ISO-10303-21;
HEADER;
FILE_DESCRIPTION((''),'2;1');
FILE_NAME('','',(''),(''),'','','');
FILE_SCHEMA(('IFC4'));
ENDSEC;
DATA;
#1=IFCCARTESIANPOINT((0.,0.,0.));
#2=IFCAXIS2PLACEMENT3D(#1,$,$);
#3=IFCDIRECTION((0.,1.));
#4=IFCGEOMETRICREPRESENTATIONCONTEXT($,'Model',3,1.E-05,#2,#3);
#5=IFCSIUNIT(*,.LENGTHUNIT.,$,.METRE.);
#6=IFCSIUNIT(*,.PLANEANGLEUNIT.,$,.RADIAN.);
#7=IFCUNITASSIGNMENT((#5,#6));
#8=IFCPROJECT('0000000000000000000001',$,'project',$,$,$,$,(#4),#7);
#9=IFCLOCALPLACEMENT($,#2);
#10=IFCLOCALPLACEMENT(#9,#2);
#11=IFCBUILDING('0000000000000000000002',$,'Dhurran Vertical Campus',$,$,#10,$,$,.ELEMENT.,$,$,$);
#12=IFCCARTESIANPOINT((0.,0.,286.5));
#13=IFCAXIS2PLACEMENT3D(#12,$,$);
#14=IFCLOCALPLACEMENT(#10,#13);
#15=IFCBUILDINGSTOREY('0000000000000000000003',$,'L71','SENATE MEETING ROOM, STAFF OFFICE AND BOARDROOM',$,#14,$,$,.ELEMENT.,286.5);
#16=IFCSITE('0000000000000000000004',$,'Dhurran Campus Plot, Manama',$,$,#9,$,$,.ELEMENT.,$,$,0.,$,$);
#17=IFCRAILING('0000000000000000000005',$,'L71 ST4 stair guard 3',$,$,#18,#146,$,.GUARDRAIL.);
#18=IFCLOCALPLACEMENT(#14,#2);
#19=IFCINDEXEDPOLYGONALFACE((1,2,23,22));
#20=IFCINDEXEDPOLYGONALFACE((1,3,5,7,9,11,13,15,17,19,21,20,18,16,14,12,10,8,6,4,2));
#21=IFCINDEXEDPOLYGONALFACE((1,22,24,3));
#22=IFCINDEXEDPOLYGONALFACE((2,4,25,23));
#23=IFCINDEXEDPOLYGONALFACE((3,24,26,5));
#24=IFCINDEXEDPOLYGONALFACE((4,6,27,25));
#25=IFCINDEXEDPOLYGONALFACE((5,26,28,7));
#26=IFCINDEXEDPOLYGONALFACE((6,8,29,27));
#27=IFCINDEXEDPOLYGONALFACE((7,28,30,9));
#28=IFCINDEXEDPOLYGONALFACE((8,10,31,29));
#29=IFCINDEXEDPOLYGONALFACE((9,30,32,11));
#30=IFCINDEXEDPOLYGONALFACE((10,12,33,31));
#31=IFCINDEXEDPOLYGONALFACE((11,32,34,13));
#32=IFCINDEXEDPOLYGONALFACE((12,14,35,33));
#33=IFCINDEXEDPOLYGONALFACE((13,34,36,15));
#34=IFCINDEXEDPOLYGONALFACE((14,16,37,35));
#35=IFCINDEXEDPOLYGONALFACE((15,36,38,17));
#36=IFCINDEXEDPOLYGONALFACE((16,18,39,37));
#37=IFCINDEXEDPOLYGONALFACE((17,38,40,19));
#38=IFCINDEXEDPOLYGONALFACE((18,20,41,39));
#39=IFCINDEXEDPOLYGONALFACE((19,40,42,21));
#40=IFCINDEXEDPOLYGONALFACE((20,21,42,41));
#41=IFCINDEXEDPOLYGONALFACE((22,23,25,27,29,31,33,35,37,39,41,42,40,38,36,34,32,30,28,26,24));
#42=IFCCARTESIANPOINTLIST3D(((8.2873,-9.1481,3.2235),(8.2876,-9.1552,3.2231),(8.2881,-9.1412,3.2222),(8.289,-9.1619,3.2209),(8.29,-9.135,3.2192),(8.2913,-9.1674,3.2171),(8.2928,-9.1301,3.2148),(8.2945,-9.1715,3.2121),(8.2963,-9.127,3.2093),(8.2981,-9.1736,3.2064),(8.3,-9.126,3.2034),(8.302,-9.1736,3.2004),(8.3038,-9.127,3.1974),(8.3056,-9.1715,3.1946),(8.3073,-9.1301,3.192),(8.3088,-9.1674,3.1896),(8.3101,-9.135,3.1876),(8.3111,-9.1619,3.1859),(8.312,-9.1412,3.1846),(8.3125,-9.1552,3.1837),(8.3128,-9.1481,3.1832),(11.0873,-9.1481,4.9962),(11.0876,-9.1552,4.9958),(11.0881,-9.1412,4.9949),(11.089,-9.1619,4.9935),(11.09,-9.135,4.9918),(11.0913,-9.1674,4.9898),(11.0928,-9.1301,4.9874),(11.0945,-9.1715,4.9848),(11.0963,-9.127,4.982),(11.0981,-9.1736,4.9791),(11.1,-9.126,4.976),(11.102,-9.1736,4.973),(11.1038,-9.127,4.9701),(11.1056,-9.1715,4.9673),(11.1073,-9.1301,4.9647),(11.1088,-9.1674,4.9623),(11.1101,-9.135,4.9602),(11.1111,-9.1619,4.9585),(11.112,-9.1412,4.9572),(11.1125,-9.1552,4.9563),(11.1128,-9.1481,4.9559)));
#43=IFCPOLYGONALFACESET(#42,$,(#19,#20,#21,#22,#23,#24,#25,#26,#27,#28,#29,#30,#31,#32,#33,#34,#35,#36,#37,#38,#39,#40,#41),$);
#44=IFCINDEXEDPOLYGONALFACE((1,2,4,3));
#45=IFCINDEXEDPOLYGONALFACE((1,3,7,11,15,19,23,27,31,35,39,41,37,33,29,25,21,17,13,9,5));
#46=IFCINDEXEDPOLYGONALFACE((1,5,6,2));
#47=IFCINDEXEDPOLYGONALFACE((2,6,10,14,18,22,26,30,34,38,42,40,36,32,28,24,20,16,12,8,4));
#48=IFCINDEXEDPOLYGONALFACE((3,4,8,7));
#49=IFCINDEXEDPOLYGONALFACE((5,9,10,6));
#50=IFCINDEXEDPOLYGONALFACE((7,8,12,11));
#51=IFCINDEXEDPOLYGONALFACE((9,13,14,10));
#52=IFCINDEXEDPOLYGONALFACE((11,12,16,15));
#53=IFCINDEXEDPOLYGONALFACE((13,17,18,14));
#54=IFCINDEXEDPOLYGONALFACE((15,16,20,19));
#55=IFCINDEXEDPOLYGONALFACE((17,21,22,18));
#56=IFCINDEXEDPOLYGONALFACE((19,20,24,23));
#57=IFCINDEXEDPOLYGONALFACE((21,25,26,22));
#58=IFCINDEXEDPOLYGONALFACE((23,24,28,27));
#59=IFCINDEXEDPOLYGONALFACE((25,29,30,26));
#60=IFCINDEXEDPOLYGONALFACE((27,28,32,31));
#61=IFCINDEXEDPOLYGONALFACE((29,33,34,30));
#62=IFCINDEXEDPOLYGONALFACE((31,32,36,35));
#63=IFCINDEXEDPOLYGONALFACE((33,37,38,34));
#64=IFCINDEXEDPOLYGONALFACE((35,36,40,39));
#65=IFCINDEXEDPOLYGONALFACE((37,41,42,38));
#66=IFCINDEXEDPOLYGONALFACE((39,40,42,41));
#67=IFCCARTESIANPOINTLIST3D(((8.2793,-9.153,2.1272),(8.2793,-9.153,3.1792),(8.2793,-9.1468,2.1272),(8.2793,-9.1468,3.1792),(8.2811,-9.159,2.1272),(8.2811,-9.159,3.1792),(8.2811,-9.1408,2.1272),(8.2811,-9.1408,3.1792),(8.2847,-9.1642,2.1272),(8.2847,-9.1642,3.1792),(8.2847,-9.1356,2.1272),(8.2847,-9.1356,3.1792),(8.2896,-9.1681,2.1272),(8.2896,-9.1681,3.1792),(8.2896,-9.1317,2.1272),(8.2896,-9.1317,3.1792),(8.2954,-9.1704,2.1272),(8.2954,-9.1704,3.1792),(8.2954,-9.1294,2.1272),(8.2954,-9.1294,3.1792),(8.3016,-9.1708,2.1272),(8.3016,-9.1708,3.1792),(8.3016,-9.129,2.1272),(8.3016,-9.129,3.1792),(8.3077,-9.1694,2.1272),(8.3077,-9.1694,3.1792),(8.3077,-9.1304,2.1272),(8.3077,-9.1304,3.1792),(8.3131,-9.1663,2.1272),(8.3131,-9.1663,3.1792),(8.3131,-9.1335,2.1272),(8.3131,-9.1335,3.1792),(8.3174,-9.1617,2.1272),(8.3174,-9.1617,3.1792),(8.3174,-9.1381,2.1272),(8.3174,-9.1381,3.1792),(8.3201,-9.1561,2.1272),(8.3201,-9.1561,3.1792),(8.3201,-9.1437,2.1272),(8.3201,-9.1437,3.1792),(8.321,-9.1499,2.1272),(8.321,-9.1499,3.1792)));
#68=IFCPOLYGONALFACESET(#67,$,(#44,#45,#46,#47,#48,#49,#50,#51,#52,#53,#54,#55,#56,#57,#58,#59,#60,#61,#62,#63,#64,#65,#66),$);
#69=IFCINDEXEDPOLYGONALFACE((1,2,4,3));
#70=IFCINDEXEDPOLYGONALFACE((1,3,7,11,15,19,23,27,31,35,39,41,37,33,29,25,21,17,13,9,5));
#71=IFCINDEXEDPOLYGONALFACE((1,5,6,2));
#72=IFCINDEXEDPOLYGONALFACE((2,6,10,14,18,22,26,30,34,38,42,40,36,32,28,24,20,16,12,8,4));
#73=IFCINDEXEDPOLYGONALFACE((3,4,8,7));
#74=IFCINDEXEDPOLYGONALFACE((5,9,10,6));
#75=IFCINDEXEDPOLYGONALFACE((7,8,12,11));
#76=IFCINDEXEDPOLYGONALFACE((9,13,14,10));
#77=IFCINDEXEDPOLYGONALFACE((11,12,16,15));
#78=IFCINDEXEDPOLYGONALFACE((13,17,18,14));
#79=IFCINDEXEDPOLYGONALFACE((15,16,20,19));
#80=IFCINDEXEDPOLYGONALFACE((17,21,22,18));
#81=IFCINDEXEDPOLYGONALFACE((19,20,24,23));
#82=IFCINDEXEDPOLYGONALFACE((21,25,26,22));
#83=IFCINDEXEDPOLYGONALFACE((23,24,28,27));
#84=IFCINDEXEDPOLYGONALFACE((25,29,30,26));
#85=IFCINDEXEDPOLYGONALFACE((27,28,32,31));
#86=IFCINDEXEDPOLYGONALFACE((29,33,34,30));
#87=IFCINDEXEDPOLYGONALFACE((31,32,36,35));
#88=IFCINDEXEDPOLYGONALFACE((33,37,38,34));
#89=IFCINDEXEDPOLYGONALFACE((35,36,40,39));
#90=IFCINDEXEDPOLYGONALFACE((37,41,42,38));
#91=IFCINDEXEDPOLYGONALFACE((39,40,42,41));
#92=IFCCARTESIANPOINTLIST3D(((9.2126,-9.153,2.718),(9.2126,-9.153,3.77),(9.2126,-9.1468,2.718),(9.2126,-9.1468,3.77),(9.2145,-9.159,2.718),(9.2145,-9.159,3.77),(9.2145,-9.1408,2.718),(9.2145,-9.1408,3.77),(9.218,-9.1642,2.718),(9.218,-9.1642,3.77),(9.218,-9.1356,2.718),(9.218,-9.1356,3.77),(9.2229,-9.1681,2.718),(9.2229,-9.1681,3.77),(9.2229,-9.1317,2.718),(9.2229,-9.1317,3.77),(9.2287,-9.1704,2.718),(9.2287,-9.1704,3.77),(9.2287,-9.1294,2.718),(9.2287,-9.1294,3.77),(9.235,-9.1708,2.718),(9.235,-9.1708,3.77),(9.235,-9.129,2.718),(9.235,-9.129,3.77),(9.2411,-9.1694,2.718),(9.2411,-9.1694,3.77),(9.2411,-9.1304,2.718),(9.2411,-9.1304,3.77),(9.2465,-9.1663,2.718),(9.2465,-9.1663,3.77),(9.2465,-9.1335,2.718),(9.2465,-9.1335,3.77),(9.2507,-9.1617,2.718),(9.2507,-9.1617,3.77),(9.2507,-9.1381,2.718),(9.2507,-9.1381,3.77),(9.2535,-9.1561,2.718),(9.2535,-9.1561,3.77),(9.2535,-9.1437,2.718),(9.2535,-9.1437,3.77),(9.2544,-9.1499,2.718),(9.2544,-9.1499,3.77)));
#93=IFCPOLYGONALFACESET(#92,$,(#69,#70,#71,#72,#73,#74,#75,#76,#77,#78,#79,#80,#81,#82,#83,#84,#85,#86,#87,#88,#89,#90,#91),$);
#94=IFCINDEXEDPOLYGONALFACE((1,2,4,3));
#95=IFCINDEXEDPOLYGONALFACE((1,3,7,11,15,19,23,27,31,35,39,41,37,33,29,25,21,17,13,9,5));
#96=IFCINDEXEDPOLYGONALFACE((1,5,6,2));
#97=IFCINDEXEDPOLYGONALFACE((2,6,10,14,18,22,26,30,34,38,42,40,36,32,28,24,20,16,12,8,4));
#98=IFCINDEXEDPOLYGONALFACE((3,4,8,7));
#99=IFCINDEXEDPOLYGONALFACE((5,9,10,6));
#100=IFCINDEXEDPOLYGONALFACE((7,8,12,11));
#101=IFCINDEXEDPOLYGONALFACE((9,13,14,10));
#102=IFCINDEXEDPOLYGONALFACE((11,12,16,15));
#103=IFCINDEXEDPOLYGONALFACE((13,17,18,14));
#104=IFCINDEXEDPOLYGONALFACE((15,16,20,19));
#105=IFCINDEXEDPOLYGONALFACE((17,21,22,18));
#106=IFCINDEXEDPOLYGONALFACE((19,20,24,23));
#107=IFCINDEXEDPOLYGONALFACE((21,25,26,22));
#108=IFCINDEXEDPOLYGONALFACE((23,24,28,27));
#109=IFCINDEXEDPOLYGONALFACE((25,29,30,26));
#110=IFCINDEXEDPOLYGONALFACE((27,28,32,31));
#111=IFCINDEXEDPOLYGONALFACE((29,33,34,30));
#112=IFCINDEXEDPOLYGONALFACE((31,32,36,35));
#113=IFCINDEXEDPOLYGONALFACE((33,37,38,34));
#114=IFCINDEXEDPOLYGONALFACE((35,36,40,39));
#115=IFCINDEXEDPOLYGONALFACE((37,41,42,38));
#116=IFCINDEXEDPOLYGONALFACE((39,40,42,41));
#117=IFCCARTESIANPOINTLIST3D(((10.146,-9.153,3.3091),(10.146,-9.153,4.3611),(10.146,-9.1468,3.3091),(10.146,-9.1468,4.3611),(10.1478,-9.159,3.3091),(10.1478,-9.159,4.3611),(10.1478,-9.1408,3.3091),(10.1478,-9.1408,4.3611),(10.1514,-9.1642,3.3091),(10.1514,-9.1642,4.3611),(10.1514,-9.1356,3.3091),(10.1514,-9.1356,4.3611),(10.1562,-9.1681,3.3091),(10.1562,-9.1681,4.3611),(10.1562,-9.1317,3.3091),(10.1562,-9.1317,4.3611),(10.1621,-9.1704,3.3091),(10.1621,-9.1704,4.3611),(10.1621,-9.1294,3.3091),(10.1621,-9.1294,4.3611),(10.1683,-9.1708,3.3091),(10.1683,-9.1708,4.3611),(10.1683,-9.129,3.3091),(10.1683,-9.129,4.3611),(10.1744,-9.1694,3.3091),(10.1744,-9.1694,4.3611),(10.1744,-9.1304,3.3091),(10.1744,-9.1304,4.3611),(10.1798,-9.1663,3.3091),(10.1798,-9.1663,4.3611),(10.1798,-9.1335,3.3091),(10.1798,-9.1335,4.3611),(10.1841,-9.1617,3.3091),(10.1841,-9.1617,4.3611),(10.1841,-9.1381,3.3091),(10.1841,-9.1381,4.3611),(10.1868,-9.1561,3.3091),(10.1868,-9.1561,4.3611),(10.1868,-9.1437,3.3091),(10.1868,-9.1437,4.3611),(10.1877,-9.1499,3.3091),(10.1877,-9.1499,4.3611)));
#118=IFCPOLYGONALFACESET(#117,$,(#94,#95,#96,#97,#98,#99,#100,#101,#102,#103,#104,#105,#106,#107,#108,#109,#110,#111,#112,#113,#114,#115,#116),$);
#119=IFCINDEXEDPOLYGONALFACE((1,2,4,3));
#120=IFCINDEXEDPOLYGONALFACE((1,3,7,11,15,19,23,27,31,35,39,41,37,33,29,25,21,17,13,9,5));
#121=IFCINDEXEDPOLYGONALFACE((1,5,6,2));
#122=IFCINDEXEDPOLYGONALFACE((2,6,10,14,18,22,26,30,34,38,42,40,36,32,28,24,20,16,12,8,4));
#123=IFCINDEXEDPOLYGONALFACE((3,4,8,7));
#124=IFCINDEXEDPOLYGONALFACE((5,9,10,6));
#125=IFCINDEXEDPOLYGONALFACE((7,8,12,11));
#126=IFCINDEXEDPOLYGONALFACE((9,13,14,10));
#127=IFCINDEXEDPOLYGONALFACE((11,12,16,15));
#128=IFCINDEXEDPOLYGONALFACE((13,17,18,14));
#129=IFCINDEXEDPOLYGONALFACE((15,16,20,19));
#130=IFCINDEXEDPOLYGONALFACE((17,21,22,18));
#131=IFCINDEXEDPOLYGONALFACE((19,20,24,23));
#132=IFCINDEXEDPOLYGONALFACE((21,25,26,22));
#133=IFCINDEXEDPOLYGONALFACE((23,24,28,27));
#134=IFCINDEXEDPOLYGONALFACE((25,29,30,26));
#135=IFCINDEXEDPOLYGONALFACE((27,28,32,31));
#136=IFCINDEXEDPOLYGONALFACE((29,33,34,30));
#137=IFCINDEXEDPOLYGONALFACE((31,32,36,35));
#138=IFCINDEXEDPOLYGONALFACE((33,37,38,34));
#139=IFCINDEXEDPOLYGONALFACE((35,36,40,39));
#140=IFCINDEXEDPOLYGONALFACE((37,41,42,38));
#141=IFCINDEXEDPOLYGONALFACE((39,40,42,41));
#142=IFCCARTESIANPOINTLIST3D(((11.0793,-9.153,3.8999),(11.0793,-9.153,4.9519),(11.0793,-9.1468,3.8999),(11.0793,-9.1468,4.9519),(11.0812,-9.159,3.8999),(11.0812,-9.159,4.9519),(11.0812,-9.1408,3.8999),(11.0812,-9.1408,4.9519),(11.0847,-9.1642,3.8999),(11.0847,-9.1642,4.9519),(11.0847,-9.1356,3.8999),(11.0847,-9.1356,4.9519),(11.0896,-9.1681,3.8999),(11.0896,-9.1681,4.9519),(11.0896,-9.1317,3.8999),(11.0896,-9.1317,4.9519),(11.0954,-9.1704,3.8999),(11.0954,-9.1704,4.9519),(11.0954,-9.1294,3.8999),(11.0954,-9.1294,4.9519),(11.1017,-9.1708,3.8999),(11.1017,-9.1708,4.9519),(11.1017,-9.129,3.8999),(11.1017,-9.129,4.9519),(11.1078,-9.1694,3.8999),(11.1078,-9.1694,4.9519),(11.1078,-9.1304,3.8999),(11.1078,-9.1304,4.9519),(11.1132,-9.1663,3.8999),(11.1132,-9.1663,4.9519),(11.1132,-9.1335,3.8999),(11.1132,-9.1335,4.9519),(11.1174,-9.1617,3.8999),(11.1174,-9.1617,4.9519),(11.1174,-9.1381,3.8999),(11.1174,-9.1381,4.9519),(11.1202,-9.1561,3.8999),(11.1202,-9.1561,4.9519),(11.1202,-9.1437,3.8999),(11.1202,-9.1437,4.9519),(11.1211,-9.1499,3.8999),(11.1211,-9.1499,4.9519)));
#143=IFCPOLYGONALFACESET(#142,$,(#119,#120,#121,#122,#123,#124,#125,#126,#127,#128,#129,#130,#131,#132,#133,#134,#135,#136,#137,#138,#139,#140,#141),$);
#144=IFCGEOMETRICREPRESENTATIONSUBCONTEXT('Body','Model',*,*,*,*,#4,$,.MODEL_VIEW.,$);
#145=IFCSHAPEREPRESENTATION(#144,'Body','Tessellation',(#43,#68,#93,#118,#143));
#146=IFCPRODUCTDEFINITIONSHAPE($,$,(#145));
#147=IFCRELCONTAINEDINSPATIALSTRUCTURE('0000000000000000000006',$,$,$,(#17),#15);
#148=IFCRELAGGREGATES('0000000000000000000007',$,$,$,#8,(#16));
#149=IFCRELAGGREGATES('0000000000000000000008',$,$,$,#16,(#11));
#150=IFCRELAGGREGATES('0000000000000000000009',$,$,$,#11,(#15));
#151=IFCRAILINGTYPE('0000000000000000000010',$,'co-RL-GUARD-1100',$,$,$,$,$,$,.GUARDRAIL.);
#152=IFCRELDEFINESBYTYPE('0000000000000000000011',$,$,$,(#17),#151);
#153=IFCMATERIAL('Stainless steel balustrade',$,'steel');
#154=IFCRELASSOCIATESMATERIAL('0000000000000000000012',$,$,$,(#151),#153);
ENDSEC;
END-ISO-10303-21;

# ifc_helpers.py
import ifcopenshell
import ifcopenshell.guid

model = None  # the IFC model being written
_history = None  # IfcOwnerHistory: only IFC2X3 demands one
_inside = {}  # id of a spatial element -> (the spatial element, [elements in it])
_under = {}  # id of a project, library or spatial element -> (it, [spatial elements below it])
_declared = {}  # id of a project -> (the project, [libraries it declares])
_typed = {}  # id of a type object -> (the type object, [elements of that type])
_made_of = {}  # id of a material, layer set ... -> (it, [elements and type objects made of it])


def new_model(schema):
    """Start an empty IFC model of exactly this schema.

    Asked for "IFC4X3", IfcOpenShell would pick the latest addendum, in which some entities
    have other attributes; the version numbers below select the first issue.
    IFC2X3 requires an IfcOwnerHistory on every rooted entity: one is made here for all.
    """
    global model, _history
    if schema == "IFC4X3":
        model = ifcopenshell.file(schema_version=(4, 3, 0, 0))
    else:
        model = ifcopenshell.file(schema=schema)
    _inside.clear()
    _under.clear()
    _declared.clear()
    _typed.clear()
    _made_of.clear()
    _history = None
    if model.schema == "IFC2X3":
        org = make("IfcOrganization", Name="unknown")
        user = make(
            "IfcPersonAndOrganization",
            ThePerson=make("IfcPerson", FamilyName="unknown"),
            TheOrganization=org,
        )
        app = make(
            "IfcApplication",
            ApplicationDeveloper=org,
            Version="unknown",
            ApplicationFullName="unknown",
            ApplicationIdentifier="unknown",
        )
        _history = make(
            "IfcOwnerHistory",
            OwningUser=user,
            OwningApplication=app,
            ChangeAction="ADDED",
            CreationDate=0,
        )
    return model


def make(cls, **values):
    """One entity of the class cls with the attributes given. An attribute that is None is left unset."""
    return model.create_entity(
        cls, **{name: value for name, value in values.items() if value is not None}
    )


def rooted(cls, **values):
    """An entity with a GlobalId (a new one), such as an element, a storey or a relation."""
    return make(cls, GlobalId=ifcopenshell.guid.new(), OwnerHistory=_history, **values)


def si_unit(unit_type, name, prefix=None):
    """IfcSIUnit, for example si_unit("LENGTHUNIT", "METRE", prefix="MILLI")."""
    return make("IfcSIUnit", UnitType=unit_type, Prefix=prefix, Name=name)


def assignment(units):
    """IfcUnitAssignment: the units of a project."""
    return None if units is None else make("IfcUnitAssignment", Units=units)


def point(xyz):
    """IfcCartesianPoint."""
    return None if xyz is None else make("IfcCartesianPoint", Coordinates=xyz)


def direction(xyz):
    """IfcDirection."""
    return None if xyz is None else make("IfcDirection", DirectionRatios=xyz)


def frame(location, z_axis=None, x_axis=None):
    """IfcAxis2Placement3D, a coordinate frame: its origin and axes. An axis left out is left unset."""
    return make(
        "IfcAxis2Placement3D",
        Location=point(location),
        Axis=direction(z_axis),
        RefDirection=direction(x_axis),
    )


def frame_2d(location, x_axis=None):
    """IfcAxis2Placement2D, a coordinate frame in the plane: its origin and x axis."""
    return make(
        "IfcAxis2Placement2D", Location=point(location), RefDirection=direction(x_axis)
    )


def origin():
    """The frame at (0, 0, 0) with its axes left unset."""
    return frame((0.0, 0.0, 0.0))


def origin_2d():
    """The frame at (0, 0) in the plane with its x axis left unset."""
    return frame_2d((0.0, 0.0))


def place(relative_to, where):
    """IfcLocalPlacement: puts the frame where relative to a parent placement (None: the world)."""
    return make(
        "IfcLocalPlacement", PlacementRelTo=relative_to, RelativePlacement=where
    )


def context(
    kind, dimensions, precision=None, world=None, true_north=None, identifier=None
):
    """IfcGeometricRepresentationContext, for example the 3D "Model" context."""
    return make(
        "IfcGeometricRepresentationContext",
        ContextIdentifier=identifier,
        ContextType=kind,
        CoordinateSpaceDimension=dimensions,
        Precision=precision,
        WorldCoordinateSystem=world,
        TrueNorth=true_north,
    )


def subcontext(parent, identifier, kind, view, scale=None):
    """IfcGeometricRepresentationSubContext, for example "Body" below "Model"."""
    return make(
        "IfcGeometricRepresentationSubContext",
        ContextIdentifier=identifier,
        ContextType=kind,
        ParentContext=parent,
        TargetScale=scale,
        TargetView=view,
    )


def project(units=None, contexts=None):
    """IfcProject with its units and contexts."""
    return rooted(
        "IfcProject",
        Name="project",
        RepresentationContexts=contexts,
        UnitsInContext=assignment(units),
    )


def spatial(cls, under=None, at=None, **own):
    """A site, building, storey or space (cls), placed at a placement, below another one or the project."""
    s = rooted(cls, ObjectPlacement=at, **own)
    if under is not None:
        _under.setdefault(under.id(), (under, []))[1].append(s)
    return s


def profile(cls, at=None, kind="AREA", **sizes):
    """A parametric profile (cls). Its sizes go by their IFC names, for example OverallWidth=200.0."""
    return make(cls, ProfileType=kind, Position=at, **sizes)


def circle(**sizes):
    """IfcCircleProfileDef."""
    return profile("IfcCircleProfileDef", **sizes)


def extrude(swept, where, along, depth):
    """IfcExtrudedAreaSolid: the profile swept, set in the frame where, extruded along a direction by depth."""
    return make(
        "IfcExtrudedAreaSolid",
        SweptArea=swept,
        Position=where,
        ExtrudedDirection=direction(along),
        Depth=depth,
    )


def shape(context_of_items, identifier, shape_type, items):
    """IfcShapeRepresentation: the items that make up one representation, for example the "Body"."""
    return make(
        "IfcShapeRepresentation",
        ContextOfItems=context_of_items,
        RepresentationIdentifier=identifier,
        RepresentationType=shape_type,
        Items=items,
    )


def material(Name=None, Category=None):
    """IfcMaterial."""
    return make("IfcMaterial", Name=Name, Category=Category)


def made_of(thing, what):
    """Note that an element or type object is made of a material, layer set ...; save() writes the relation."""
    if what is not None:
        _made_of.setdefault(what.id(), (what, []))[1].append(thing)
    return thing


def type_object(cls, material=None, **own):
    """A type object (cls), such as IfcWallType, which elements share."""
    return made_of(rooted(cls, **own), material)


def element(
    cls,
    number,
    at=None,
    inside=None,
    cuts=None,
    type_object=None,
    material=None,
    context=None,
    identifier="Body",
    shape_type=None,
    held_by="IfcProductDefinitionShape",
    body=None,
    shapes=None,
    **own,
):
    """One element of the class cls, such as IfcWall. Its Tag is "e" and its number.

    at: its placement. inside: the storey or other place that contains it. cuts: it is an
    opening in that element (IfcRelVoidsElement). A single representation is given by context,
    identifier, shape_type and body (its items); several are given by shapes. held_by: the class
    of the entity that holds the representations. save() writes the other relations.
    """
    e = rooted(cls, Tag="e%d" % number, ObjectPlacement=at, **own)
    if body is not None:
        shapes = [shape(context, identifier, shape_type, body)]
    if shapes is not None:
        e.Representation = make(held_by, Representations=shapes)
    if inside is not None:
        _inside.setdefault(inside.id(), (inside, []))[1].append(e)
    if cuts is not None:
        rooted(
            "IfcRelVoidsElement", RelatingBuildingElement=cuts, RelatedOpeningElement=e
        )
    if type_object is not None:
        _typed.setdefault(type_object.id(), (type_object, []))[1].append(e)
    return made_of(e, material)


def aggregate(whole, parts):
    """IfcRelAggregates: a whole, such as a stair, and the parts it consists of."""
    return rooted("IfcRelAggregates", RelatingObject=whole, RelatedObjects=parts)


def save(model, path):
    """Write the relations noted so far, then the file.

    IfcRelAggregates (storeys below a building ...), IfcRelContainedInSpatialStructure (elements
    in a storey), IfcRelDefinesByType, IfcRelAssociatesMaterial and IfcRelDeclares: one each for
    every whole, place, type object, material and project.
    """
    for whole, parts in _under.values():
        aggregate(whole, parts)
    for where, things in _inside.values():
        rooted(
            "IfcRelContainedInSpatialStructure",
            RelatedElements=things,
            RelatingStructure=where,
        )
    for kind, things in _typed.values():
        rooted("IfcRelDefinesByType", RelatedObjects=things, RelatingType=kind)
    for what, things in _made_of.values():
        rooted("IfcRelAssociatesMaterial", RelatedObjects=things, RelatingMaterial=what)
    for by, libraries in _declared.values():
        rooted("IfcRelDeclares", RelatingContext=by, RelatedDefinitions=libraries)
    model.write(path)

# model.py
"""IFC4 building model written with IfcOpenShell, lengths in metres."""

from ifc_helpers import new_model, si_unit, direction, frame, origin, origin_2d, place, context, subcontext, project, spatial, circle, extrude, material, type_object, element, save


model = new_model("IFC4")

# Units and contexts
model_context = context("Model", 3, precision=1e-05, world=origin(), true_north=direction((0.0, 1.0)))
body_context = subcontext(model_context, "Body", "Model", "MODEL_VIEW")
ifc_project = project(units=[si_unit("LENGTHUNIT", "METRE"), si_unit("PLANEANGLEUNIT", "RADIAN")], contexts=[model_context])

# Site, building, storey
site_placement = place(None, origin())
site = spatial("IfcSite", under=ifc_project, at=site_placement, Name="Dhurran Campus Plot, Manama", CompositionType="ELEMENT", RefElevation=0.0)
building_placement = place(site_placement, origin())
building = spatial("IfcBuilding", under=site, at=building_placement, Name="Dhurran Vertical Campus", CompositionType="ELEMENT")
storey_placement = place(building_placement, frame((0.0, 0.0, 286.5)))
storey = spatial("IfcBuildingStorey", under=building, at=storey_placement, Name="L71", Description="SENATE MEETING ROOM, STAFF OFFICE AND BOARDROOM", CompositionType="ELEMENT", Elevation=286.5)

# Railing
ifc_material_1 = material(Name="Stainless steel balustrade", Category="steel")
railing_type_1 = type_object("IfcRailingType", Name="co-RL-GUARD-1100", PredefinedType="GUARDRAIL", material=ifc_material_1)
railing_1_placement = place(storey_placement, frame((8.3, -9.1499, 2.1272)))
element("IfcRailing", 1, at=railing_1_placement, inside=storey, type_object=railing_type_1, Name="L71 ST4 stair guard 3", PredefinedType="GUARDRAIL", context=body_context, shape_type="SweptSolid", body=[
    extrude(circle(Radius=0.0239, at=origin_2d()), frame((0.0, 0.0, 1.0762), z_axis=(0.844909, 0.0, 0.53491), x_axis=(0.0, 1.0, 0.0)), (0.0, 0.0, 1.0), 3.314),
    extrude(circle(Radius=0.021, at=origin_2d()), origin(), (0.0, 0.0, 1.0), 1.052),
    extrude(circle(Radius=0.021, at=origin_2d()), frame((0.9333, 0.0, 0.5908)), (0.0, 0.0, 1.0), 1.052),
    extrude(circle(Radius=0.021, at=origin_2d()), frame((1.8667, 0.0, 1.1819)), (0.0, 0.0, 1.0), 1.052),
    extrude(circle(Radius=0.021, at=origin_2d()), frame((2.8, 0.0, 1.7727)), (0.0, 0.0, 1.0), 1.052),
])

save(model, "model.ifc")
